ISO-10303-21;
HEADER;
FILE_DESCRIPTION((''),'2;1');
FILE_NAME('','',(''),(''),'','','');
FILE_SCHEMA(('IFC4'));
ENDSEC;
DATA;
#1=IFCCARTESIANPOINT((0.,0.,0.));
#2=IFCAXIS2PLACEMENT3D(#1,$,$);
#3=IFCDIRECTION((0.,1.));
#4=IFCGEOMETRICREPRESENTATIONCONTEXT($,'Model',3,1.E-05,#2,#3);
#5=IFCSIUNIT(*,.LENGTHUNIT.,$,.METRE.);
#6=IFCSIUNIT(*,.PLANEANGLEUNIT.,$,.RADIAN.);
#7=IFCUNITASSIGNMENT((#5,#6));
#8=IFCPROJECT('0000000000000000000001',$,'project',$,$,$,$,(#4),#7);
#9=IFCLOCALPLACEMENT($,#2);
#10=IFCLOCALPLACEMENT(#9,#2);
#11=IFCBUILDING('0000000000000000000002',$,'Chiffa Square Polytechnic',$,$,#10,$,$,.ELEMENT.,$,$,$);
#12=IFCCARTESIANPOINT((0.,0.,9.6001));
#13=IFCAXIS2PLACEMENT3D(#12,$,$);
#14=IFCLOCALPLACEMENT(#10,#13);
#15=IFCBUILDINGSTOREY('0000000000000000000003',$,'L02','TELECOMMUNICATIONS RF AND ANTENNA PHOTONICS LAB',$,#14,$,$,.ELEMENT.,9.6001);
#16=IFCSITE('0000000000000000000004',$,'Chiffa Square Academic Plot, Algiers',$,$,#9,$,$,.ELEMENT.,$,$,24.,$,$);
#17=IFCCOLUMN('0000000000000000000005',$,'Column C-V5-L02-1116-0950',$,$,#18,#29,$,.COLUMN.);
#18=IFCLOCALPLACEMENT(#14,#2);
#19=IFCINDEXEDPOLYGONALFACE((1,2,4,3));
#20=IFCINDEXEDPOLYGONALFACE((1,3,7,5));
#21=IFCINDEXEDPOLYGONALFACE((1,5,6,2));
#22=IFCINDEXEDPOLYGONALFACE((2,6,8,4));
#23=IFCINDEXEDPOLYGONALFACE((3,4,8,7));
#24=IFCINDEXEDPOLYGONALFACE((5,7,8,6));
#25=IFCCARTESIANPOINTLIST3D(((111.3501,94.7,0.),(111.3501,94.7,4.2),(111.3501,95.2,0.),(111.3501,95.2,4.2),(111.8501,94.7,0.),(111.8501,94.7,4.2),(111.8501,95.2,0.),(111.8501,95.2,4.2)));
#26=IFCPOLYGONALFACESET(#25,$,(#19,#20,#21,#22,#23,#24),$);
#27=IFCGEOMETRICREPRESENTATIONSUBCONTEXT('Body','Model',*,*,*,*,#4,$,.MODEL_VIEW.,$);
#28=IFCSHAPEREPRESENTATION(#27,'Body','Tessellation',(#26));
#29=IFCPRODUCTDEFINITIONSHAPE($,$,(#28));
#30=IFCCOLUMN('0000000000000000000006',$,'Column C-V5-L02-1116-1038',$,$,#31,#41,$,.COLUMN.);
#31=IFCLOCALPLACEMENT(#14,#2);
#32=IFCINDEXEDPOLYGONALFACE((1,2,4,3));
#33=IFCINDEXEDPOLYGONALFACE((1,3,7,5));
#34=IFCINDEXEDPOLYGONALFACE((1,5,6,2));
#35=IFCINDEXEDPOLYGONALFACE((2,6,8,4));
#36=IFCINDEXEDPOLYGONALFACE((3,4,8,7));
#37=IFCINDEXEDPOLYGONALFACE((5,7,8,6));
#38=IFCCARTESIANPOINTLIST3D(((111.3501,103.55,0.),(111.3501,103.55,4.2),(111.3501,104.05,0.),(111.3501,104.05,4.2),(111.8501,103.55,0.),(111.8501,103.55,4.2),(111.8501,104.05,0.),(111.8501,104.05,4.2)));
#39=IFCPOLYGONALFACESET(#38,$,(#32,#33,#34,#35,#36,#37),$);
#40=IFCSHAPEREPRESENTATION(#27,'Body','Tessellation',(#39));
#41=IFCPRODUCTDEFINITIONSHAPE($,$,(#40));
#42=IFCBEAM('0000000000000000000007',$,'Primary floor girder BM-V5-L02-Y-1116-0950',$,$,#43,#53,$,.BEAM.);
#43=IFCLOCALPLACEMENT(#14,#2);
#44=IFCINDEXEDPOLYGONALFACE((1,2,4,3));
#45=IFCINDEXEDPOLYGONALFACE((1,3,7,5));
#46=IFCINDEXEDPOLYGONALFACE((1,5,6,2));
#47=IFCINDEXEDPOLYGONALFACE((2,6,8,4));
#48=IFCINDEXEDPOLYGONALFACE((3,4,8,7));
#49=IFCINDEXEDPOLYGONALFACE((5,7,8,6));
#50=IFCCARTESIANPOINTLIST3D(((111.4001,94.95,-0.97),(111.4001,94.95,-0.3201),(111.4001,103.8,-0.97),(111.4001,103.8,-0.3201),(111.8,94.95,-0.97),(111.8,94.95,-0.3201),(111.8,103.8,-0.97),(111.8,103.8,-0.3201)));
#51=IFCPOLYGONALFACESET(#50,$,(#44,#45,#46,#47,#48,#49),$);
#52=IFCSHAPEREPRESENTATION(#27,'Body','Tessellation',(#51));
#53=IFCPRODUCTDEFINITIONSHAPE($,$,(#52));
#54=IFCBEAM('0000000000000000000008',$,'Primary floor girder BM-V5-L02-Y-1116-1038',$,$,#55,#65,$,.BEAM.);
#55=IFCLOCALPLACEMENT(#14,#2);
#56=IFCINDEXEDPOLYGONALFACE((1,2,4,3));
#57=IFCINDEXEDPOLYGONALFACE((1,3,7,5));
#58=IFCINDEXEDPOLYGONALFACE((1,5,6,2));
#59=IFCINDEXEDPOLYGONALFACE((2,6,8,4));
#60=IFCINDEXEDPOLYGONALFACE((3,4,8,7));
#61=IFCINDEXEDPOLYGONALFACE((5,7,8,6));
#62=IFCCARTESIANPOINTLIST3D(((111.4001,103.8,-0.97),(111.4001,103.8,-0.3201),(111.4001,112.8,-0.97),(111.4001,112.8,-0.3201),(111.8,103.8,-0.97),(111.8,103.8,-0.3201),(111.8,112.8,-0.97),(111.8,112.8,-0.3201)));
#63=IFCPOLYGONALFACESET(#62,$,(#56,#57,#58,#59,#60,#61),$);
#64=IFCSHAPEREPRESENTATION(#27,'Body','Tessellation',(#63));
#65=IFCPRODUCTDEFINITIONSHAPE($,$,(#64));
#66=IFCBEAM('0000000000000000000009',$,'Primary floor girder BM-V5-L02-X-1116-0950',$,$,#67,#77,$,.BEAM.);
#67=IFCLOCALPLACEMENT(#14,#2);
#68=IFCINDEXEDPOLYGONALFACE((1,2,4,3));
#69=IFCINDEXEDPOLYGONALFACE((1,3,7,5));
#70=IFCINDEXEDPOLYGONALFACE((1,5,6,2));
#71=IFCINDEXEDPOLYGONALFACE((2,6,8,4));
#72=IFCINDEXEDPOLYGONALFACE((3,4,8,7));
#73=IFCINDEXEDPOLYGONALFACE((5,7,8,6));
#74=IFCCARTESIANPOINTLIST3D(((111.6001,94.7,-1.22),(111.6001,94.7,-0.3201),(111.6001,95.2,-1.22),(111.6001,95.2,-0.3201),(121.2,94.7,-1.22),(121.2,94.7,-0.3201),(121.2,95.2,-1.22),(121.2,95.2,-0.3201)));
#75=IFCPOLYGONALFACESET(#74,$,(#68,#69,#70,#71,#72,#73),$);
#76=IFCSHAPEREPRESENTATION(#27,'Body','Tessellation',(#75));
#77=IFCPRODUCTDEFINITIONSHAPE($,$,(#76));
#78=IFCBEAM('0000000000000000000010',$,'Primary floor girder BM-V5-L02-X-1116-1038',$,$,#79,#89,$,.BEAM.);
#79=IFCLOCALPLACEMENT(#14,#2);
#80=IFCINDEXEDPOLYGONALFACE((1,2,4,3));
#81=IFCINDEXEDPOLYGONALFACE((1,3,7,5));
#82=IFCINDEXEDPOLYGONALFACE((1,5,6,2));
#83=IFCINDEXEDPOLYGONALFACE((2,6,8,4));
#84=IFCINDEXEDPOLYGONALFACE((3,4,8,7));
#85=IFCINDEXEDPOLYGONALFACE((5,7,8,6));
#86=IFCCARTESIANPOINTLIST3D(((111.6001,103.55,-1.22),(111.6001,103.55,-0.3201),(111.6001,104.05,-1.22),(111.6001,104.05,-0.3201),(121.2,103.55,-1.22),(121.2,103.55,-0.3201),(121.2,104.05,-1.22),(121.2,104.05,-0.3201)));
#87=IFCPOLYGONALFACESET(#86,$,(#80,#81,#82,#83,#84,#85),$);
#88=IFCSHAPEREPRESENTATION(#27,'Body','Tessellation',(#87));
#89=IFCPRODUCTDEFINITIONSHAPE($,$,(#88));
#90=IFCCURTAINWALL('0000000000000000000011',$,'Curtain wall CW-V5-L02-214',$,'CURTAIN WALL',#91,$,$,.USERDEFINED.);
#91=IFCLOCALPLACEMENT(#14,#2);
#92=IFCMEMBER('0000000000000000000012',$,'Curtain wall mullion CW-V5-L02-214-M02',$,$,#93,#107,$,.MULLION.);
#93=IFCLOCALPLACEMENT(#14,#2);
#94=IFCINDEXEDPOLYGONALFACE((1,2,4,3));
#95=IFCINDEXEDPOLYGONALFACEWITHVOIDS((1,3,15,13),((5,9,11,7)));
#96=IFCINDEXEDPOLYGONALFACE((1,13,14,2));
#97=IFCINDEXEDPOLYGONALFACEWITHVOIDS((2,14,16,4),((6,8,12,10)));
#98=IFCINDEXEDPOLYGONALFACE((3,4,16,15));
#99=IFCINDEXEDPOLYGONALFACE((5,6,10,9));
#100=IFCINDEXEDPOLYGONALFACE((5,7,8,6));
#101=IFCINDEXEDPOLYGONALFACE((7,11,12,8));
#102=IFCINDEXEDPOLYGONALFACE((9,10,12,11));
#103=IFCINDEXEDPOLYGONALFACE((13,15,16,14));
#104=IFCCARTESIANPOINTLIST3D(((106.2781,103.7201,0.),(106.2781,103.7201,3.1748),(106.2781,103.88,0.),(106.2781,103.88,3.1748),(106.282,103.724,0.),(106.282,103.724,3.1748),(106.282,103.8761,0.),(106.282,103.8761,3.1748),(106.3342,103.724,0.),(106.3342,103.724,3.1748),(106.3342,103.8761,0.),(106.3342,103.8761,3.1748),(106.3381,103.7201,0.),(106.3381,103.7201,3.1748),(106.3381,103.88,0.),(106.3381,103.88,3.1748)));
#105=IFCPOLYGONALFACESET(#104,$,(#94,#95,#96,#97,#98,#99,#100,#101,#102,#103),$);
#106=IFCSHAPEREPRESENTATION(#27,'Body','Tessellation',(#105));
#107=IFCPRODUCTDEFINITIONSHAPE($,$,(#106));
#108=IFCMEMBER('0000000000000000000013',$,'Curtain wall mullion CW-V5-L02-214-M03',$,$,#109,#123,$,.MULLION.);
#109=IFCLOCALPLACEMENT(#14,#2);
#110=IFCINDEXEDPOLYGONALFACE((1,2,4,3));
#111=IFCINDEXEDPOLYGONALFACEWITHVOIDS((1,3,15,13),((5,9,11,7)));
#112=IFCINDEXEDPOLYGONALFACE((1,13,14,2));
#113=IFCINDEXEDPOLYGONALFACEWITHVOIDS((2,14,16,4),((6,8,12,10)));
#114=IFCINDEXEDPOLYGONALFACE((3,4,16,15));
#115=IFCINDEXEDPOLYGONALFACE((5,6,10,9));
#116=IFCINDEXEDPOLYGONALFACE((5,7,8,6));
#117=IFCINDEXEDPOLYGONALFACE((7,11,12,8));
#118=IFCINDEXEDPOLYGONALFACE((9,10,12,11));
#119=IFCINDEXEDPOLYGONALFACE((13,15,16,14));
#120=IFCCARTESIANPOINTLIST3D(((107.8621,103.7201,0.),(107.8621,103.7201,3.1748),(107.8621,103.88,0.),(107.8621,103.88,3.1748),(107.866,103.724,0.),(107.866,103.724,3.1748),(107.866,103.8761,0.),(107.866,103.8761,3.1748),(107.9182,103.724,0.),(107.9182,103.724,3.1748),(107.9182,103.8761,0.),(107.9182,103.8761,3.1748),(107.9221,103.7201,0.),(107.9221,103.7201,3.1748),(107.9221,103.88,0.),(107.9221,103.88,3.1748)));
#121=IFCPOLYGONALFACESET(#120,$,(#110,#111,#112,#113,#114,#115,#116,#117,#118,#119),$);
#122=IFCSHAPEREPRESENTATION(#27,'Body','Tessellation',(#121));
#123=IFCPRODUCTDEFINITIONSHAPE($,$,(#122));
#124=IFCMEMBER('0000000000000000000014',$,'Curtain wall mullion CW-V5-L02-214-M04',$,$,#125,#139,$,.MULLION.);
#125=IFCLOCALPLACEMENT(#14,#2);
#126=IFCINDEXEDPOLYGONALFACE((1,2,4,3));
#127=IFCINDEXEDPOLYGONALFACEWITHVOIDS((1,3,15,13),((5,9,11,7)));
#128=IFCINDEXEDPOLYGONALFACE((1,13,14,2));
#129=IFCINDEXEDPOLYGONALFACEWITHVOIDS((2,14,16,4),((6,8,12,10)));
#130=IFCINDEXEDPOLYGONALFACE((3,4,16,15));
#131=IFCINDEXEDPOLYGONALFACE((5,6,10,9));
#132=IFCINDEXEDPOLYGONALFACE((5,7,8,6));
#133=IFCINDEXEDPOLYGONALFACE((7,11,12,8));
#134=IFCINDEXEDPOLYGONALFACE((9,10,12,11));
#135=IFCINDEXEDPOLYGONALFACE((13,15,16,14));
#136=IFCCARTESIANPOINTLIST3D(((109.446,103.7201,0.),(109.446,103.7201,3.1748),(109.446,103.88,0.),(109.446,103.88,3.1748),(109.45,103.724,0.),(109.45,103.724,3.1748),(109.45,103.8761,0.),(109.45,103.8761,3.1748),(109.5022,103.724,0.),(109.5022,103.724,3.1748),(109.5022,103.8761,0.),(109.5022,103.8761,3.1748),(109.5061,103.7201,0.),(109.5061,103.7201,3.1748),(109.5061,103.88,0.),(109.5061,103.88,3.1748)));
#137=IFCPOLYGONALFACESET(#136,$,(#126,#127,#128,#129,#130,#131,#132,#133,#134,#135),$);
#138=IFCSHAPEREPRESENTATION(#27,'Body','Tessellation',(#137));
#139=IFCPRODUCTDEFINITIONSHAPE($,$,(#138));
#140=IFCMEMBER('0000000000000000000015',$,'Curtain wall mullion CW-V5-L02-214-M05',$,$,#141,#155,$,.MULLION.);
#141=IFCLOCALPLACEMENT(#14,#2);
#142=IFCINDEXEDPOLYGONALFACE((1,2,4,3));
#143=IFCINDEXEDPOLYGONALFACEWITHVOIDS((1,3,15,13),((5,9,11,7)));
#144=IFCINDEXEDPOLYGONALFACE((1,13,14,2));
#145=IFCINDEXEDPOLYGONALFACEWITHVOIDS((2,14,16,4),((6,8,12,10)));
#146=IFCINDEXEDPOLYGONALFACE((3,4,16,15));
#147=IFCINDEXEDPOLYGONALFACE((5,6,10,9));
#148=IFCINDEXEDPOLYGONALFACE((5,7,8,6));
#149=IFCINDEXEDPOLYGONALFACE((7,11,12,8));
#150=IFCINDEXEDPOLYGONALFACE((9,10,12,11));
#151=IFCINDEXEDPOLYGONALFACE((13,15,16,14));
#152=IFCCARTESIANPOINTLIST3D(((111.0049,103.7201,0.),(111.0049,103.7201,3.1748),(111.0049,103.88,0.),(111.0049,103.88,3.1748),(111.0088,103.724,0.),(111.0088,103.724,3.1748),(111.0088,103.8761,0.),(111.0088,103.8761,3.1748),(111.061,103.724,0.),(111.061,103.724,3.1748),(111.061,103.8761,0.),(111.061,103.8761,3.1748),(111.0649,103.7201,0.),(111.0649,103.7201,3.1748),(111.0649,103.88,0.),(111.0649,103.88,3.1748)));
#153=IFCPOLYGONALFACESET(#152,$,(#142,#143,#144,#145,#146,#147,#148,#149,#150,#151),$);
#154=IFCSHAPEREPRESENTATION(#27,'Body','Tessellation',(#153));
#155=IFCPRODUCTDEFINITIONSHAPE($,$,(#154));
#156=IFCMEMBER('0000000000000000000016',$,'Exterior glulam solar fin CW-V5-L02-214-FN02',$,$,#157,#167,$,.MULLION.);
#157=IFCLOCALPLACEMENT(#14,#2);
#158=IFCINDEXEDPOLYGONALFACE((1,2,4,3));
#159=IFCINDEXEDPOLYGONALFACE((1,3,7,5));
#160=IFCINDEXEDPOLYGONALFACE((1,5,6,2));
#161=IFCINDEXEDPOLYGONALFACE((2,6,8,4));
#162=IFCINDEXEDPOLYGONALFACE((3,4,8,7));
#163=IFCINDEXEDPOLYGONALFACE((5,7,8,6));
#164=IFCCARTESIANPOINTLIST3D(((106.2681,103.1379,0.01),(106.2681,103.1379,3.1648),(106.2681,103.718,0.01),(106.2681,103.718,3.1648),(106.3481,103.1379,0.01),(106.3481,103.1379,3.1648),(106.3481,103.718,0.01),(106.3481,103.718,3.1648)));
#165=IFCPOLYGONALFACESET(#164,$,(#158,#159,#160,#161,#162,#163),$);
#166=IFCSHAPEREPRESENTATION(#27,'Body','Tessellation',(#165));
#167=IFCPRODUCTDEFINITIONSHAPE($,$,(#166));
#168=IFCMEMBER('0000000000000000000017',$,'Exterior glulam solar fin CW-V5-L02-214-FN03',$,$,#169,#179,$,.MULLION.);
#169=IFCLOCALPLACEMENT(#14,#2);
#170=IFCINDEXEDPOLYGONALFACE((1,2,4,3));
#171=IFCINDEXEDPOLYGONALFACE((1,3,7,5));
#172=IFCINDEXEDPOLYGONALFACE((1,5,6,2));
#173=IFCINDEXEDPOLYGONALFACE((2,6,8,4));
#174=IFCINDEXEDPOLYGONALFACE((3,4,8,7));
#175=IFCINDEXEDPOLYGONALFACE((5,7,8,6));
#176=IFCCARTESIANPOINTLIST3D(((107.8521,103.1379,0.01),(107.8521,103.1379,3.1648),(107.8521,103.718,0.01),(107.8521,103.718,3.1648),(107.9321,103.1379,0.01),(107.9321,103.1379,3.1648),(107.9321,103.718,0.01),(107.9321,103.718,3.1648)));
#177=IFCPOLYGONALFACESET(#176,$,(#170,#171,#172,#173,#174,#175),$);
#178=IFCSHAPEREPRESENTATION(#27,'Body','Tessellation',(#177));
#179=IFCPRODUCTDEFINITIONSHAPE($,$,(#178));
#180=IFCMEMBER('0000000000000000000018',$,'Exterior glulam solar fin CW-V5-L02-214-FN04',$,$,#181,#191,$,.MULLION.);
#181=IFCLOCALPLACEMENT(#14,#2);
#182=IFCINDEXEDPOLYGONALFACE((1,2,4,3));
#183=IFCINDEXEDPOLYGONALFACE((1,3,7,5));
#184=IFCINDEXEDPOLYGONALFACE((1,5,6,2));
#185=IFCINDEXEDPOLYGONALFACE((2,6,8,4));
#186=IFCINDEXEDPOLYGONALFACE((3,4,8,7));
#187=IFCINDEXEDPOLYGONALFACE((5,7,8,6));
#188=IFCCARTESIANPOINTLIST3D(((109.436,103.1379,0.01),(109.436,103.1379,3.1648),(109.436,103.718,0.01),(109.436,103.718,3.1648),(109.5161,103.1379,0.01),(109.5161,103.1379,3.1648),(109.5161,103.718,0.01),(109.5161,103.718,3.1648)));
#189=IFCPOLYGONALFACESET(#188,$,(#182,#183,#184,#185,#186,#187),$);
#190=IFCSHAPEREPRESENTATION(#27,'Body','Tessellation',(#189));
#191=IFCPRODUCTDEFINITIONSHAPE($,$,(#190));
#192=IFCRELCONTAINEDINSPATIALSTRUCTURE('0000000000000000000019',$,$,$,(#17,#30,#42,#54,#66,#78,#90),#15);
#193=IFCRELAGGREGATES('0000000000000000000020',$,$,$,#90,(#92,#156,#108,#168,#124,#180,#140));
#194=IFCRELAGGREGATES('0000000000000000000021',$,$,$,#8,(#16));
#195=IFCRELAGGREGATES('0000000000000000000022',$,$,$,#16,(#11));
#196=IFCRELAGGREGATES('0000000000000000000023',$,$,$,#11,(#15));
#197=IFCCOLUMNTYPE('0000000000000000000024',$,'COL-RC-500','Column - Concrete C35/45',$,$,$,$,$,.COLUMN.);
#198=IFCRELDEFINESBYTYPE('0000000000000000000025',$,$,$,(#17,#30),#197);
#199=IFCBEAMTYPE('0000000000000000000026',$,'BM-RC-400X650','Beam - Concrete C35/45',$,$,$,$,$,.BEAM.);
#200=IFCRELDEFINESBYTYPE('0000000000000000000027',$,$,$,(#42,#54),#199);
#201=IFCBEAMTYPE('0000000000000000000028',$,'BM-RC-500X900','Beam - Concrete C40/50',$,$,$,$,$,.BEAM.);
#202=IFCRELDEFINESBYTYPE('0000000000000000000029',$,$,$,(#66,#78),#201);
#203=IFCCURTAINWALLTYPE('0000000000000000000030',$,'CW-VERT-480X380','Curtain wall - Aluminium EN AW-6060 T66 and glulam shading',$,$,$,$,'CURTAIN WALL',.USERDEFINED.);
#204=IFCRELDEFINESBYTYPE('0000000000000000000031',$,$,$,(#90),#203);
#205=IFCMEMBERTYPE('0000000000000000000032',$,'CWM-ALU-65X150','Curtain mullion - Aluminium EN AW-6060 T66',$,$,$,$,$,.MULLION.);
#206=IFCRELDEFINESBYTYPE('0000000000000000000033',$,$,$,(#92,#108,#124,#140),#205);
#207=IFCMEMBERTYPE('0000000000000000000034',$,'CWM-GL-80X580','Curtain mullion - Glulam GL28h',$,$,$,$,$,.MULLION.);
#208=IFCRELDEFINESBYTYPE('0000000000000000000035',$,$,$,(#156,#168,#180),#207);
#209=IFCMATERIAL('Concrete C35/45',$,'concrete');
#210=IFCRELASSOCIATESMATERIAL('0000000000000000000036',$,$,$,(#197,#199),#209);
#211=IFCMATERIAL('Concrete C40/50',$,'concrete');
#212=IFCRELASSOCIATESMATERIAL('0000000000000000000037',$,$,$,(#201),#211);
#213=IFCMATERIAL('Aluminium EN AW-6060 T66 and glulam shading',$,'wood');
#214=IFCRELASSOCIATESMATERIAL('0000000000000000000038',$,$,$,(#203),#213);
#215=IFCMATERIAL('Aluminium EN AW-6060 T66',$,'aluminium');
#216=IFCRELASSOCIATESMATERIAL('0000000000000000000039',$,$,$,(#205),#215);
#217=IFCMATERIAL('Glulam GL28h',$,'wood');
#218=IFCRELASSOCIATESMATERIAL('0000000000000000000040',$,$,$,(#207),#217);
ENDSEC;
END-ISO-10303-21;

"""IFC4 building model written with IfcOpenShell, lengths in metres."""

from ifc_helpers import new_model, si_unit, direction, frame, origin, origin_2d, place, context, subcontext, project, spatial, rectangle, hollow_rectangle, extrude, material, material_profile, profile_set, type_object, element, aggregate, save


model = new_model("IFC4")

# Units and contexts
model_context = context("Model", 3, precision=1e-05, world=origin(), true_north=direction((0.0, 1.0)))
body_context = subcontext(model_context, "Body", "Model", "MODEL_VIEW")
ifc_project = project(units=[si_unit("LENGTHUNIT", "METRE"), si_unit("PLANEANGLEUNIT", "RADIAN")], contexts=[model_context])

# Site, building, storey
site_placement = place(None, origin())
site = spatial("IfcSite", under=ifc_project, at=site_placement, Name="Chiffa Square Academic Plot, Algiers", CompositionType="ELEMENT", RefElevation=24.0)
building_placement = place(site_placement, origin())
building = spatial("IfcBuilding", under=site, at=building_placement, Name="Chiffa Square Polytechnic", CompositionType="ELEMENT")
storey_placement = place(building_placement, frame((0.0, 0.0, 9.6001)))
storey = spatial("IfcBuildingStorey", under=building, at=storey_placement, Name="L02", Description="TELECOMMUNICATIONS RF AND ANTENNA PHOTONICS LAB", CompositionType="ELEMENT", Elevation=9.6001)

# Columns
ifc_material_1 = material(Name="Concrete C35/45", Category="concrete")
ifc_material_profile_1 = material_profile(ifc_material_1, rectangle(XDim=0.5, YDim=0.5, at=origin_2d()), Name="RC 500x500")
ifc_profile_set_1 = profile_set([ifc_material_profile_1], Name="Concrete C35/45")
column_type = type_object("IfcColumnType", Name="COL-RC-500", Description="Column - Concrete C35/45", PredefinedType="COLUMN", material=ifc_profile_set_1)
for number, where, z_axis, x_axis, name in (
    (1, (111.6001, 94.95, 0.0), (0.0, 0.0, 1.0), (1.0, 0.0, 0.0), "Column C-V5-L02-1116-0950"),
    (2, (111.6001, 103.8, 0.0), (0.0, 0.0, 1.0), (1.0, 0.0, 0.0), "Column C-V5-L02-1116-1038"),
):
    element("IfcColumn", number, at=place(storey_placement, frame(where, z_axis=z_axis, x_axis=x_axis)), inside=storey, type_object=column_type, Name=name, PredefinedType="COLUMN", context=body_context, shape_type="SweptSolid", body=[
        extrude(rectangle(XDim=0.5, YDim=0.5, at=origin_2d()), origin(), (0.0, 0.0, 1.0), 4.2),
    ])

# Beams
ifc_material_profile_2 = material_profile(ifc_material_1, rectangle(XDim=0.3999, YDim=0.6499, at=origin_2d()), Name="RC 400x650")
ifc_profile_set_2 = profile_set([ifc_material_profile_2], Name="Concrete C35/45")
beam_type_1 = type_object("IfcBeamType", Name="BM-RC-400X650", Description="Beam - Concrete C35/45", PredefinedType="BEAM", material=ifc_profile_set_2)
beam_1_placement = place(storey_placement, frame((111.6001, 94.95, -0.645), z_axis=(0.0, 1.0, 0.0), x_axis=(-1.0, 0.0, 0.0)))
element("IfcBeam", 3, at=beam_1_placement, inside=storey, type_object=beam_type_1, Name="Primary floor girder BM-V5-L02-Y-1116-0950", PredefinedType="BEAM", context=body_context, shape_type="SweptSolid", body=[
    extrude(rectangle(XDim=0.3999, YDim=0.6499, at=origin_2d()), origin(), (0.0, 0.0, 1.0), 8.8501),
])
beam_2_placement = place(storey_placement, frame((111.6001, 103.8, -0.645), z_axis=(0.0, 1.0, 0.0), x_axis=(-1.0, 0.0, 0.0)))
element("IfcBeam", 4, at=beam_2_placement, inside=storey, type_object=beam_type_1, Name="Primary floor girder BM-V5-L02-Y-1116-1038", PredefinedType="BEAM", context=body_context, shape_type="SweptSolid", body=[
    extrude(rectangle(XDim=0.3999, YDim=0.6499, at=origin_2d()), origin(), (0.0, 0.0, 1.0), 9.0),
])
ifc_material_2 = material(Name="Concrete C40/50", Category="concrete")
ifc_material_profile_3 = material_profile(ifc_material_2, rectangle(XDim=0.5, YDim=0.8999, at=origin_2d()), Name="RC 500x900")
ifc_profile_set_3 = profile_set([ifc_material_profile_3], Name="Concrete C40/50")
beam_type_2 = type_object("IfcBeamType", Name="BM-RC-500X900", Description="Beam - Concrete C40/50", PredefinedType="BEAM", material=ifc_profile_set_3)
for number, where, z_axis, x_axis, name in (
    (5, (111.6001, 94.95, -0.77), (1.0, 0.0, 0.0), (0.0, 1.0, 0.0), "Primary floor girder BM-V5-L02-X-1116-0950"),
    (6, (111.6001, 103.8, -0.77), (1.0, 0.0, 0.0), (0.0, 1.0, 0.0), "Primary floor girder BM-V5-L02-X-1116-1038"),
):
    element("IfcBeam", number, at=place(storey_placement, frame(where, z_axis=z_axis, x_axis=x_axis)), inside=storey, type_object=beam_type_2, Name=name, PredefinedType="BEAM", context=body_context, shape_type="SweptSolid", body=[
        extrude(rectangle(XDim=0.5, YDim=0.8999, at=origin_2d()), origin(), (0.0, 0.0, 1.0), 9.5999),
    ])

# Curtain wall, members
ifc_material_3 = material(Name="Aluminium EN AW-6060 T66 and glulam shading", Category="wood")
curtain_wall_type = type_object("IfcCurtainWallType", Name="CW-VERT-480X380", Description="Curtain wall - Aluminium EN AW-6060 T66 and glulam shading", ElementType="CURTAIN WALL", PredefinedType="USERDEFINED", material=ifc_material_3)
curtain_wall_placement = place(storey_placement, origin())
curtain_wall = element("IfcCurtainWall", 7, at=curtain_wall_placement, inside=storey, type_object=curtain_wall_type, Name="Curtain wall CW-V5-L02-214", ObjectType="CURTAIN WALL", PredefinedType="USERDEFINED")
ifc_material_4 = material(Name="Aluminium EN AW-6060 T66", Category="aluminium")
ifc_material_profile_4 = material_profile(ifc_material_4, hollow_rectangle(XDim=0.0601, YDim=0.1599, WallThickness=0.0039, at=origin_2d()), Name="ALU 60x160x4")
ifc_profile_set_4 = profile_set([ifc_material_profile_4], Name="Aluminium EN AW-6060 T66")
member_type_1 = type_object("IfcMemberType", Name="CWM-ALU-65X150", Description="Curtain mullion - Aluminium EN AW-6060 T66", PredefinedType="MULLION", material=ifc_profile_set_4)
member_1_placement = place(storey_placement, frame((106.3081, 103.8, 0.0), z_axis=(0.0, 0.0, 1.0), x_axis=(1.0, 0.0, 0.0)))
member_1 = element("IfcMember", 8, at=member_1_placement, type_object=member_type_1, Name="Curtain wall mullion CW-V5-L02-214-M02", PredefinedType="MULLION", context=body_context, shape_type="SweptSolid", body=[
    extrude(hollow_rectangle(XDim=0.0601, YDim=0.1599, WallThickness=0.0039, at=origin_2d()), origin(), (0.0, 0.0, 1.0), 3.1748),
])
member_2_placement = place(storey_placement, frame((107.8921, 103.8, 0.0), z_axis=(0.0, 0.0, 1.0), x_axis=(1.0, 0.0, 0.0)))
member_2 = element("IfcMember", 9, at=member_2_placement, type_object=member_type_1, Name="Curtain wall mullion CW-V5-L02-214-M03", PredefinedType="MULLION", context=body_context, shape_type="SweptSolid", body=[
    extrude(hollow_rectangle(XDim=0.0601, YDim=0.1599, WallThickness=0.0039, at=origin_2d()), origin(), (0.0, 0.0, 1.0), 3.1748),
])
member_3_placement = place(storey_placement, frame((109.4761, 103.8, 0.0), z_axis=(0.0, 0.0, 1.0), x_axis=(1.0, 0.0, 0.0)))
member_3 = element("IfcMember", 10, at=member_3_placement, type_object=member_type_1, Name="Curtain wall mullion CW-V5-L02-214-M04", PredefinedType="MULLION", context=body_context, shape_type="SweptSolid", body=[
    extrude(hollow_rectangle(XDim=0.0601, YDim=0.1599, WallThickness=0.0039, at=origin_2d()), origin(), (0.0, 0.0, 1.0), 3.1748),
])
member_4_placement = place(storey_placement, frame((111.0349, 103.8, 0.0), z_axis=(0.0, 0.0, 1.0), x_axis=(1.0, 0.0, 0.0)))
member_4 = element("IfcMember", 11, at=member_4_placement, type_object=member_type_1, Name="Curtain wall mullion CW-V5-L02-214-M05", PredefinedType="MULLION", context=body_context, shape_type="SweptSolid", body=[
    extrude(hollow_rectangle(XDim=0.0601, YDim=0.1599, WallThickness=0.0039, at=origin_2d()), origin(), (0.0, 0.0, 1.0), 3.1748),
])
ifc_material_5 = material(Name="Glulam GL28h", Category="wood")
ifc_material_profile_5 = material_profile(ifc_material_5, rectangle(XDim=0.0801, YDim=0.5801, at=origin_2d()), Name="GL28h 80x580")
ifc_profile_set_5 = profile_set([ifc_material_profile_5], Name="Glulam GL28h")
member_type_2 = type_object("IfcMemberType", Name="CWM-GL-80X580", Description="Curtain mullion - Glulam GL28h", PredefinedType="MULLION", material=ifc_profile_set_5)
member_5_placement = place(storey_placement, frame((106.3081, 103.428, 0.01), z_axis=(0.0, 0.0, 1.0), x_axis=(1.0, 0.0, 0.0)))
member_5 = element("IfcMember", 12, at=member_5_placement, type_object=member_type_2, Name="Exterior glulam solar fin CW-V5-L02-214-FN02", PredefinedType="MULLION", context=body_context, shape_type="SweptSolid", body=[
    extrude(rectangle(XDim=0.0801, YDim=0.5801, at=origin_2d()), origin(), (0.0, 0.0, 1.0), 3.1548),
])
member_6_placement = place(storey_placement, frame((107.8921, 103.428, 0.01), z_axis=(0.0, 0.0, 1.0), x_axis=(1.0, 0.0, 0.0)))
member_6 = element("IfcMember", 13, at=member_6_placement, type_object=member_type_2, Name="Exterior glulam solar fin CW-V5-L02-214-FN03", PredefinedType="MULLION", context=body_context, shape_type="SweptSolid", body=[
    extrude(rectangle(XDim=0.0801, YDim=0.5801, at=origin_2d()), origin(), (0.0, 0.0, 1.0), 3.1548),
])
member_7_placement = place(storey_placement, frame((109.4761, 103.428, 0.01), z_axis=(0.0, 0.0, 1.0), x_axis=(1.0, 0.0, 0.0)))
member_7 = element("IfcMember", 14, at=member_7_placement, type_object=member_type_2, Name="Exterior glulam solar fin CW-V5-L02-214-FN04", PredefinedType="MULLION", context=body_context, shape_type="SweptSolid", body=[
    extrude(rectangle(XDim=0.0801, YDim=0.5801, at=origin_2d()), origin(), (0.0, 0.0, 1.0), 3.1548),
])

aggregate(curtain_wall, [member_1, member_5, member_2, member_6, member_3, member_7, member_4])

save(model, "model.ifc")
